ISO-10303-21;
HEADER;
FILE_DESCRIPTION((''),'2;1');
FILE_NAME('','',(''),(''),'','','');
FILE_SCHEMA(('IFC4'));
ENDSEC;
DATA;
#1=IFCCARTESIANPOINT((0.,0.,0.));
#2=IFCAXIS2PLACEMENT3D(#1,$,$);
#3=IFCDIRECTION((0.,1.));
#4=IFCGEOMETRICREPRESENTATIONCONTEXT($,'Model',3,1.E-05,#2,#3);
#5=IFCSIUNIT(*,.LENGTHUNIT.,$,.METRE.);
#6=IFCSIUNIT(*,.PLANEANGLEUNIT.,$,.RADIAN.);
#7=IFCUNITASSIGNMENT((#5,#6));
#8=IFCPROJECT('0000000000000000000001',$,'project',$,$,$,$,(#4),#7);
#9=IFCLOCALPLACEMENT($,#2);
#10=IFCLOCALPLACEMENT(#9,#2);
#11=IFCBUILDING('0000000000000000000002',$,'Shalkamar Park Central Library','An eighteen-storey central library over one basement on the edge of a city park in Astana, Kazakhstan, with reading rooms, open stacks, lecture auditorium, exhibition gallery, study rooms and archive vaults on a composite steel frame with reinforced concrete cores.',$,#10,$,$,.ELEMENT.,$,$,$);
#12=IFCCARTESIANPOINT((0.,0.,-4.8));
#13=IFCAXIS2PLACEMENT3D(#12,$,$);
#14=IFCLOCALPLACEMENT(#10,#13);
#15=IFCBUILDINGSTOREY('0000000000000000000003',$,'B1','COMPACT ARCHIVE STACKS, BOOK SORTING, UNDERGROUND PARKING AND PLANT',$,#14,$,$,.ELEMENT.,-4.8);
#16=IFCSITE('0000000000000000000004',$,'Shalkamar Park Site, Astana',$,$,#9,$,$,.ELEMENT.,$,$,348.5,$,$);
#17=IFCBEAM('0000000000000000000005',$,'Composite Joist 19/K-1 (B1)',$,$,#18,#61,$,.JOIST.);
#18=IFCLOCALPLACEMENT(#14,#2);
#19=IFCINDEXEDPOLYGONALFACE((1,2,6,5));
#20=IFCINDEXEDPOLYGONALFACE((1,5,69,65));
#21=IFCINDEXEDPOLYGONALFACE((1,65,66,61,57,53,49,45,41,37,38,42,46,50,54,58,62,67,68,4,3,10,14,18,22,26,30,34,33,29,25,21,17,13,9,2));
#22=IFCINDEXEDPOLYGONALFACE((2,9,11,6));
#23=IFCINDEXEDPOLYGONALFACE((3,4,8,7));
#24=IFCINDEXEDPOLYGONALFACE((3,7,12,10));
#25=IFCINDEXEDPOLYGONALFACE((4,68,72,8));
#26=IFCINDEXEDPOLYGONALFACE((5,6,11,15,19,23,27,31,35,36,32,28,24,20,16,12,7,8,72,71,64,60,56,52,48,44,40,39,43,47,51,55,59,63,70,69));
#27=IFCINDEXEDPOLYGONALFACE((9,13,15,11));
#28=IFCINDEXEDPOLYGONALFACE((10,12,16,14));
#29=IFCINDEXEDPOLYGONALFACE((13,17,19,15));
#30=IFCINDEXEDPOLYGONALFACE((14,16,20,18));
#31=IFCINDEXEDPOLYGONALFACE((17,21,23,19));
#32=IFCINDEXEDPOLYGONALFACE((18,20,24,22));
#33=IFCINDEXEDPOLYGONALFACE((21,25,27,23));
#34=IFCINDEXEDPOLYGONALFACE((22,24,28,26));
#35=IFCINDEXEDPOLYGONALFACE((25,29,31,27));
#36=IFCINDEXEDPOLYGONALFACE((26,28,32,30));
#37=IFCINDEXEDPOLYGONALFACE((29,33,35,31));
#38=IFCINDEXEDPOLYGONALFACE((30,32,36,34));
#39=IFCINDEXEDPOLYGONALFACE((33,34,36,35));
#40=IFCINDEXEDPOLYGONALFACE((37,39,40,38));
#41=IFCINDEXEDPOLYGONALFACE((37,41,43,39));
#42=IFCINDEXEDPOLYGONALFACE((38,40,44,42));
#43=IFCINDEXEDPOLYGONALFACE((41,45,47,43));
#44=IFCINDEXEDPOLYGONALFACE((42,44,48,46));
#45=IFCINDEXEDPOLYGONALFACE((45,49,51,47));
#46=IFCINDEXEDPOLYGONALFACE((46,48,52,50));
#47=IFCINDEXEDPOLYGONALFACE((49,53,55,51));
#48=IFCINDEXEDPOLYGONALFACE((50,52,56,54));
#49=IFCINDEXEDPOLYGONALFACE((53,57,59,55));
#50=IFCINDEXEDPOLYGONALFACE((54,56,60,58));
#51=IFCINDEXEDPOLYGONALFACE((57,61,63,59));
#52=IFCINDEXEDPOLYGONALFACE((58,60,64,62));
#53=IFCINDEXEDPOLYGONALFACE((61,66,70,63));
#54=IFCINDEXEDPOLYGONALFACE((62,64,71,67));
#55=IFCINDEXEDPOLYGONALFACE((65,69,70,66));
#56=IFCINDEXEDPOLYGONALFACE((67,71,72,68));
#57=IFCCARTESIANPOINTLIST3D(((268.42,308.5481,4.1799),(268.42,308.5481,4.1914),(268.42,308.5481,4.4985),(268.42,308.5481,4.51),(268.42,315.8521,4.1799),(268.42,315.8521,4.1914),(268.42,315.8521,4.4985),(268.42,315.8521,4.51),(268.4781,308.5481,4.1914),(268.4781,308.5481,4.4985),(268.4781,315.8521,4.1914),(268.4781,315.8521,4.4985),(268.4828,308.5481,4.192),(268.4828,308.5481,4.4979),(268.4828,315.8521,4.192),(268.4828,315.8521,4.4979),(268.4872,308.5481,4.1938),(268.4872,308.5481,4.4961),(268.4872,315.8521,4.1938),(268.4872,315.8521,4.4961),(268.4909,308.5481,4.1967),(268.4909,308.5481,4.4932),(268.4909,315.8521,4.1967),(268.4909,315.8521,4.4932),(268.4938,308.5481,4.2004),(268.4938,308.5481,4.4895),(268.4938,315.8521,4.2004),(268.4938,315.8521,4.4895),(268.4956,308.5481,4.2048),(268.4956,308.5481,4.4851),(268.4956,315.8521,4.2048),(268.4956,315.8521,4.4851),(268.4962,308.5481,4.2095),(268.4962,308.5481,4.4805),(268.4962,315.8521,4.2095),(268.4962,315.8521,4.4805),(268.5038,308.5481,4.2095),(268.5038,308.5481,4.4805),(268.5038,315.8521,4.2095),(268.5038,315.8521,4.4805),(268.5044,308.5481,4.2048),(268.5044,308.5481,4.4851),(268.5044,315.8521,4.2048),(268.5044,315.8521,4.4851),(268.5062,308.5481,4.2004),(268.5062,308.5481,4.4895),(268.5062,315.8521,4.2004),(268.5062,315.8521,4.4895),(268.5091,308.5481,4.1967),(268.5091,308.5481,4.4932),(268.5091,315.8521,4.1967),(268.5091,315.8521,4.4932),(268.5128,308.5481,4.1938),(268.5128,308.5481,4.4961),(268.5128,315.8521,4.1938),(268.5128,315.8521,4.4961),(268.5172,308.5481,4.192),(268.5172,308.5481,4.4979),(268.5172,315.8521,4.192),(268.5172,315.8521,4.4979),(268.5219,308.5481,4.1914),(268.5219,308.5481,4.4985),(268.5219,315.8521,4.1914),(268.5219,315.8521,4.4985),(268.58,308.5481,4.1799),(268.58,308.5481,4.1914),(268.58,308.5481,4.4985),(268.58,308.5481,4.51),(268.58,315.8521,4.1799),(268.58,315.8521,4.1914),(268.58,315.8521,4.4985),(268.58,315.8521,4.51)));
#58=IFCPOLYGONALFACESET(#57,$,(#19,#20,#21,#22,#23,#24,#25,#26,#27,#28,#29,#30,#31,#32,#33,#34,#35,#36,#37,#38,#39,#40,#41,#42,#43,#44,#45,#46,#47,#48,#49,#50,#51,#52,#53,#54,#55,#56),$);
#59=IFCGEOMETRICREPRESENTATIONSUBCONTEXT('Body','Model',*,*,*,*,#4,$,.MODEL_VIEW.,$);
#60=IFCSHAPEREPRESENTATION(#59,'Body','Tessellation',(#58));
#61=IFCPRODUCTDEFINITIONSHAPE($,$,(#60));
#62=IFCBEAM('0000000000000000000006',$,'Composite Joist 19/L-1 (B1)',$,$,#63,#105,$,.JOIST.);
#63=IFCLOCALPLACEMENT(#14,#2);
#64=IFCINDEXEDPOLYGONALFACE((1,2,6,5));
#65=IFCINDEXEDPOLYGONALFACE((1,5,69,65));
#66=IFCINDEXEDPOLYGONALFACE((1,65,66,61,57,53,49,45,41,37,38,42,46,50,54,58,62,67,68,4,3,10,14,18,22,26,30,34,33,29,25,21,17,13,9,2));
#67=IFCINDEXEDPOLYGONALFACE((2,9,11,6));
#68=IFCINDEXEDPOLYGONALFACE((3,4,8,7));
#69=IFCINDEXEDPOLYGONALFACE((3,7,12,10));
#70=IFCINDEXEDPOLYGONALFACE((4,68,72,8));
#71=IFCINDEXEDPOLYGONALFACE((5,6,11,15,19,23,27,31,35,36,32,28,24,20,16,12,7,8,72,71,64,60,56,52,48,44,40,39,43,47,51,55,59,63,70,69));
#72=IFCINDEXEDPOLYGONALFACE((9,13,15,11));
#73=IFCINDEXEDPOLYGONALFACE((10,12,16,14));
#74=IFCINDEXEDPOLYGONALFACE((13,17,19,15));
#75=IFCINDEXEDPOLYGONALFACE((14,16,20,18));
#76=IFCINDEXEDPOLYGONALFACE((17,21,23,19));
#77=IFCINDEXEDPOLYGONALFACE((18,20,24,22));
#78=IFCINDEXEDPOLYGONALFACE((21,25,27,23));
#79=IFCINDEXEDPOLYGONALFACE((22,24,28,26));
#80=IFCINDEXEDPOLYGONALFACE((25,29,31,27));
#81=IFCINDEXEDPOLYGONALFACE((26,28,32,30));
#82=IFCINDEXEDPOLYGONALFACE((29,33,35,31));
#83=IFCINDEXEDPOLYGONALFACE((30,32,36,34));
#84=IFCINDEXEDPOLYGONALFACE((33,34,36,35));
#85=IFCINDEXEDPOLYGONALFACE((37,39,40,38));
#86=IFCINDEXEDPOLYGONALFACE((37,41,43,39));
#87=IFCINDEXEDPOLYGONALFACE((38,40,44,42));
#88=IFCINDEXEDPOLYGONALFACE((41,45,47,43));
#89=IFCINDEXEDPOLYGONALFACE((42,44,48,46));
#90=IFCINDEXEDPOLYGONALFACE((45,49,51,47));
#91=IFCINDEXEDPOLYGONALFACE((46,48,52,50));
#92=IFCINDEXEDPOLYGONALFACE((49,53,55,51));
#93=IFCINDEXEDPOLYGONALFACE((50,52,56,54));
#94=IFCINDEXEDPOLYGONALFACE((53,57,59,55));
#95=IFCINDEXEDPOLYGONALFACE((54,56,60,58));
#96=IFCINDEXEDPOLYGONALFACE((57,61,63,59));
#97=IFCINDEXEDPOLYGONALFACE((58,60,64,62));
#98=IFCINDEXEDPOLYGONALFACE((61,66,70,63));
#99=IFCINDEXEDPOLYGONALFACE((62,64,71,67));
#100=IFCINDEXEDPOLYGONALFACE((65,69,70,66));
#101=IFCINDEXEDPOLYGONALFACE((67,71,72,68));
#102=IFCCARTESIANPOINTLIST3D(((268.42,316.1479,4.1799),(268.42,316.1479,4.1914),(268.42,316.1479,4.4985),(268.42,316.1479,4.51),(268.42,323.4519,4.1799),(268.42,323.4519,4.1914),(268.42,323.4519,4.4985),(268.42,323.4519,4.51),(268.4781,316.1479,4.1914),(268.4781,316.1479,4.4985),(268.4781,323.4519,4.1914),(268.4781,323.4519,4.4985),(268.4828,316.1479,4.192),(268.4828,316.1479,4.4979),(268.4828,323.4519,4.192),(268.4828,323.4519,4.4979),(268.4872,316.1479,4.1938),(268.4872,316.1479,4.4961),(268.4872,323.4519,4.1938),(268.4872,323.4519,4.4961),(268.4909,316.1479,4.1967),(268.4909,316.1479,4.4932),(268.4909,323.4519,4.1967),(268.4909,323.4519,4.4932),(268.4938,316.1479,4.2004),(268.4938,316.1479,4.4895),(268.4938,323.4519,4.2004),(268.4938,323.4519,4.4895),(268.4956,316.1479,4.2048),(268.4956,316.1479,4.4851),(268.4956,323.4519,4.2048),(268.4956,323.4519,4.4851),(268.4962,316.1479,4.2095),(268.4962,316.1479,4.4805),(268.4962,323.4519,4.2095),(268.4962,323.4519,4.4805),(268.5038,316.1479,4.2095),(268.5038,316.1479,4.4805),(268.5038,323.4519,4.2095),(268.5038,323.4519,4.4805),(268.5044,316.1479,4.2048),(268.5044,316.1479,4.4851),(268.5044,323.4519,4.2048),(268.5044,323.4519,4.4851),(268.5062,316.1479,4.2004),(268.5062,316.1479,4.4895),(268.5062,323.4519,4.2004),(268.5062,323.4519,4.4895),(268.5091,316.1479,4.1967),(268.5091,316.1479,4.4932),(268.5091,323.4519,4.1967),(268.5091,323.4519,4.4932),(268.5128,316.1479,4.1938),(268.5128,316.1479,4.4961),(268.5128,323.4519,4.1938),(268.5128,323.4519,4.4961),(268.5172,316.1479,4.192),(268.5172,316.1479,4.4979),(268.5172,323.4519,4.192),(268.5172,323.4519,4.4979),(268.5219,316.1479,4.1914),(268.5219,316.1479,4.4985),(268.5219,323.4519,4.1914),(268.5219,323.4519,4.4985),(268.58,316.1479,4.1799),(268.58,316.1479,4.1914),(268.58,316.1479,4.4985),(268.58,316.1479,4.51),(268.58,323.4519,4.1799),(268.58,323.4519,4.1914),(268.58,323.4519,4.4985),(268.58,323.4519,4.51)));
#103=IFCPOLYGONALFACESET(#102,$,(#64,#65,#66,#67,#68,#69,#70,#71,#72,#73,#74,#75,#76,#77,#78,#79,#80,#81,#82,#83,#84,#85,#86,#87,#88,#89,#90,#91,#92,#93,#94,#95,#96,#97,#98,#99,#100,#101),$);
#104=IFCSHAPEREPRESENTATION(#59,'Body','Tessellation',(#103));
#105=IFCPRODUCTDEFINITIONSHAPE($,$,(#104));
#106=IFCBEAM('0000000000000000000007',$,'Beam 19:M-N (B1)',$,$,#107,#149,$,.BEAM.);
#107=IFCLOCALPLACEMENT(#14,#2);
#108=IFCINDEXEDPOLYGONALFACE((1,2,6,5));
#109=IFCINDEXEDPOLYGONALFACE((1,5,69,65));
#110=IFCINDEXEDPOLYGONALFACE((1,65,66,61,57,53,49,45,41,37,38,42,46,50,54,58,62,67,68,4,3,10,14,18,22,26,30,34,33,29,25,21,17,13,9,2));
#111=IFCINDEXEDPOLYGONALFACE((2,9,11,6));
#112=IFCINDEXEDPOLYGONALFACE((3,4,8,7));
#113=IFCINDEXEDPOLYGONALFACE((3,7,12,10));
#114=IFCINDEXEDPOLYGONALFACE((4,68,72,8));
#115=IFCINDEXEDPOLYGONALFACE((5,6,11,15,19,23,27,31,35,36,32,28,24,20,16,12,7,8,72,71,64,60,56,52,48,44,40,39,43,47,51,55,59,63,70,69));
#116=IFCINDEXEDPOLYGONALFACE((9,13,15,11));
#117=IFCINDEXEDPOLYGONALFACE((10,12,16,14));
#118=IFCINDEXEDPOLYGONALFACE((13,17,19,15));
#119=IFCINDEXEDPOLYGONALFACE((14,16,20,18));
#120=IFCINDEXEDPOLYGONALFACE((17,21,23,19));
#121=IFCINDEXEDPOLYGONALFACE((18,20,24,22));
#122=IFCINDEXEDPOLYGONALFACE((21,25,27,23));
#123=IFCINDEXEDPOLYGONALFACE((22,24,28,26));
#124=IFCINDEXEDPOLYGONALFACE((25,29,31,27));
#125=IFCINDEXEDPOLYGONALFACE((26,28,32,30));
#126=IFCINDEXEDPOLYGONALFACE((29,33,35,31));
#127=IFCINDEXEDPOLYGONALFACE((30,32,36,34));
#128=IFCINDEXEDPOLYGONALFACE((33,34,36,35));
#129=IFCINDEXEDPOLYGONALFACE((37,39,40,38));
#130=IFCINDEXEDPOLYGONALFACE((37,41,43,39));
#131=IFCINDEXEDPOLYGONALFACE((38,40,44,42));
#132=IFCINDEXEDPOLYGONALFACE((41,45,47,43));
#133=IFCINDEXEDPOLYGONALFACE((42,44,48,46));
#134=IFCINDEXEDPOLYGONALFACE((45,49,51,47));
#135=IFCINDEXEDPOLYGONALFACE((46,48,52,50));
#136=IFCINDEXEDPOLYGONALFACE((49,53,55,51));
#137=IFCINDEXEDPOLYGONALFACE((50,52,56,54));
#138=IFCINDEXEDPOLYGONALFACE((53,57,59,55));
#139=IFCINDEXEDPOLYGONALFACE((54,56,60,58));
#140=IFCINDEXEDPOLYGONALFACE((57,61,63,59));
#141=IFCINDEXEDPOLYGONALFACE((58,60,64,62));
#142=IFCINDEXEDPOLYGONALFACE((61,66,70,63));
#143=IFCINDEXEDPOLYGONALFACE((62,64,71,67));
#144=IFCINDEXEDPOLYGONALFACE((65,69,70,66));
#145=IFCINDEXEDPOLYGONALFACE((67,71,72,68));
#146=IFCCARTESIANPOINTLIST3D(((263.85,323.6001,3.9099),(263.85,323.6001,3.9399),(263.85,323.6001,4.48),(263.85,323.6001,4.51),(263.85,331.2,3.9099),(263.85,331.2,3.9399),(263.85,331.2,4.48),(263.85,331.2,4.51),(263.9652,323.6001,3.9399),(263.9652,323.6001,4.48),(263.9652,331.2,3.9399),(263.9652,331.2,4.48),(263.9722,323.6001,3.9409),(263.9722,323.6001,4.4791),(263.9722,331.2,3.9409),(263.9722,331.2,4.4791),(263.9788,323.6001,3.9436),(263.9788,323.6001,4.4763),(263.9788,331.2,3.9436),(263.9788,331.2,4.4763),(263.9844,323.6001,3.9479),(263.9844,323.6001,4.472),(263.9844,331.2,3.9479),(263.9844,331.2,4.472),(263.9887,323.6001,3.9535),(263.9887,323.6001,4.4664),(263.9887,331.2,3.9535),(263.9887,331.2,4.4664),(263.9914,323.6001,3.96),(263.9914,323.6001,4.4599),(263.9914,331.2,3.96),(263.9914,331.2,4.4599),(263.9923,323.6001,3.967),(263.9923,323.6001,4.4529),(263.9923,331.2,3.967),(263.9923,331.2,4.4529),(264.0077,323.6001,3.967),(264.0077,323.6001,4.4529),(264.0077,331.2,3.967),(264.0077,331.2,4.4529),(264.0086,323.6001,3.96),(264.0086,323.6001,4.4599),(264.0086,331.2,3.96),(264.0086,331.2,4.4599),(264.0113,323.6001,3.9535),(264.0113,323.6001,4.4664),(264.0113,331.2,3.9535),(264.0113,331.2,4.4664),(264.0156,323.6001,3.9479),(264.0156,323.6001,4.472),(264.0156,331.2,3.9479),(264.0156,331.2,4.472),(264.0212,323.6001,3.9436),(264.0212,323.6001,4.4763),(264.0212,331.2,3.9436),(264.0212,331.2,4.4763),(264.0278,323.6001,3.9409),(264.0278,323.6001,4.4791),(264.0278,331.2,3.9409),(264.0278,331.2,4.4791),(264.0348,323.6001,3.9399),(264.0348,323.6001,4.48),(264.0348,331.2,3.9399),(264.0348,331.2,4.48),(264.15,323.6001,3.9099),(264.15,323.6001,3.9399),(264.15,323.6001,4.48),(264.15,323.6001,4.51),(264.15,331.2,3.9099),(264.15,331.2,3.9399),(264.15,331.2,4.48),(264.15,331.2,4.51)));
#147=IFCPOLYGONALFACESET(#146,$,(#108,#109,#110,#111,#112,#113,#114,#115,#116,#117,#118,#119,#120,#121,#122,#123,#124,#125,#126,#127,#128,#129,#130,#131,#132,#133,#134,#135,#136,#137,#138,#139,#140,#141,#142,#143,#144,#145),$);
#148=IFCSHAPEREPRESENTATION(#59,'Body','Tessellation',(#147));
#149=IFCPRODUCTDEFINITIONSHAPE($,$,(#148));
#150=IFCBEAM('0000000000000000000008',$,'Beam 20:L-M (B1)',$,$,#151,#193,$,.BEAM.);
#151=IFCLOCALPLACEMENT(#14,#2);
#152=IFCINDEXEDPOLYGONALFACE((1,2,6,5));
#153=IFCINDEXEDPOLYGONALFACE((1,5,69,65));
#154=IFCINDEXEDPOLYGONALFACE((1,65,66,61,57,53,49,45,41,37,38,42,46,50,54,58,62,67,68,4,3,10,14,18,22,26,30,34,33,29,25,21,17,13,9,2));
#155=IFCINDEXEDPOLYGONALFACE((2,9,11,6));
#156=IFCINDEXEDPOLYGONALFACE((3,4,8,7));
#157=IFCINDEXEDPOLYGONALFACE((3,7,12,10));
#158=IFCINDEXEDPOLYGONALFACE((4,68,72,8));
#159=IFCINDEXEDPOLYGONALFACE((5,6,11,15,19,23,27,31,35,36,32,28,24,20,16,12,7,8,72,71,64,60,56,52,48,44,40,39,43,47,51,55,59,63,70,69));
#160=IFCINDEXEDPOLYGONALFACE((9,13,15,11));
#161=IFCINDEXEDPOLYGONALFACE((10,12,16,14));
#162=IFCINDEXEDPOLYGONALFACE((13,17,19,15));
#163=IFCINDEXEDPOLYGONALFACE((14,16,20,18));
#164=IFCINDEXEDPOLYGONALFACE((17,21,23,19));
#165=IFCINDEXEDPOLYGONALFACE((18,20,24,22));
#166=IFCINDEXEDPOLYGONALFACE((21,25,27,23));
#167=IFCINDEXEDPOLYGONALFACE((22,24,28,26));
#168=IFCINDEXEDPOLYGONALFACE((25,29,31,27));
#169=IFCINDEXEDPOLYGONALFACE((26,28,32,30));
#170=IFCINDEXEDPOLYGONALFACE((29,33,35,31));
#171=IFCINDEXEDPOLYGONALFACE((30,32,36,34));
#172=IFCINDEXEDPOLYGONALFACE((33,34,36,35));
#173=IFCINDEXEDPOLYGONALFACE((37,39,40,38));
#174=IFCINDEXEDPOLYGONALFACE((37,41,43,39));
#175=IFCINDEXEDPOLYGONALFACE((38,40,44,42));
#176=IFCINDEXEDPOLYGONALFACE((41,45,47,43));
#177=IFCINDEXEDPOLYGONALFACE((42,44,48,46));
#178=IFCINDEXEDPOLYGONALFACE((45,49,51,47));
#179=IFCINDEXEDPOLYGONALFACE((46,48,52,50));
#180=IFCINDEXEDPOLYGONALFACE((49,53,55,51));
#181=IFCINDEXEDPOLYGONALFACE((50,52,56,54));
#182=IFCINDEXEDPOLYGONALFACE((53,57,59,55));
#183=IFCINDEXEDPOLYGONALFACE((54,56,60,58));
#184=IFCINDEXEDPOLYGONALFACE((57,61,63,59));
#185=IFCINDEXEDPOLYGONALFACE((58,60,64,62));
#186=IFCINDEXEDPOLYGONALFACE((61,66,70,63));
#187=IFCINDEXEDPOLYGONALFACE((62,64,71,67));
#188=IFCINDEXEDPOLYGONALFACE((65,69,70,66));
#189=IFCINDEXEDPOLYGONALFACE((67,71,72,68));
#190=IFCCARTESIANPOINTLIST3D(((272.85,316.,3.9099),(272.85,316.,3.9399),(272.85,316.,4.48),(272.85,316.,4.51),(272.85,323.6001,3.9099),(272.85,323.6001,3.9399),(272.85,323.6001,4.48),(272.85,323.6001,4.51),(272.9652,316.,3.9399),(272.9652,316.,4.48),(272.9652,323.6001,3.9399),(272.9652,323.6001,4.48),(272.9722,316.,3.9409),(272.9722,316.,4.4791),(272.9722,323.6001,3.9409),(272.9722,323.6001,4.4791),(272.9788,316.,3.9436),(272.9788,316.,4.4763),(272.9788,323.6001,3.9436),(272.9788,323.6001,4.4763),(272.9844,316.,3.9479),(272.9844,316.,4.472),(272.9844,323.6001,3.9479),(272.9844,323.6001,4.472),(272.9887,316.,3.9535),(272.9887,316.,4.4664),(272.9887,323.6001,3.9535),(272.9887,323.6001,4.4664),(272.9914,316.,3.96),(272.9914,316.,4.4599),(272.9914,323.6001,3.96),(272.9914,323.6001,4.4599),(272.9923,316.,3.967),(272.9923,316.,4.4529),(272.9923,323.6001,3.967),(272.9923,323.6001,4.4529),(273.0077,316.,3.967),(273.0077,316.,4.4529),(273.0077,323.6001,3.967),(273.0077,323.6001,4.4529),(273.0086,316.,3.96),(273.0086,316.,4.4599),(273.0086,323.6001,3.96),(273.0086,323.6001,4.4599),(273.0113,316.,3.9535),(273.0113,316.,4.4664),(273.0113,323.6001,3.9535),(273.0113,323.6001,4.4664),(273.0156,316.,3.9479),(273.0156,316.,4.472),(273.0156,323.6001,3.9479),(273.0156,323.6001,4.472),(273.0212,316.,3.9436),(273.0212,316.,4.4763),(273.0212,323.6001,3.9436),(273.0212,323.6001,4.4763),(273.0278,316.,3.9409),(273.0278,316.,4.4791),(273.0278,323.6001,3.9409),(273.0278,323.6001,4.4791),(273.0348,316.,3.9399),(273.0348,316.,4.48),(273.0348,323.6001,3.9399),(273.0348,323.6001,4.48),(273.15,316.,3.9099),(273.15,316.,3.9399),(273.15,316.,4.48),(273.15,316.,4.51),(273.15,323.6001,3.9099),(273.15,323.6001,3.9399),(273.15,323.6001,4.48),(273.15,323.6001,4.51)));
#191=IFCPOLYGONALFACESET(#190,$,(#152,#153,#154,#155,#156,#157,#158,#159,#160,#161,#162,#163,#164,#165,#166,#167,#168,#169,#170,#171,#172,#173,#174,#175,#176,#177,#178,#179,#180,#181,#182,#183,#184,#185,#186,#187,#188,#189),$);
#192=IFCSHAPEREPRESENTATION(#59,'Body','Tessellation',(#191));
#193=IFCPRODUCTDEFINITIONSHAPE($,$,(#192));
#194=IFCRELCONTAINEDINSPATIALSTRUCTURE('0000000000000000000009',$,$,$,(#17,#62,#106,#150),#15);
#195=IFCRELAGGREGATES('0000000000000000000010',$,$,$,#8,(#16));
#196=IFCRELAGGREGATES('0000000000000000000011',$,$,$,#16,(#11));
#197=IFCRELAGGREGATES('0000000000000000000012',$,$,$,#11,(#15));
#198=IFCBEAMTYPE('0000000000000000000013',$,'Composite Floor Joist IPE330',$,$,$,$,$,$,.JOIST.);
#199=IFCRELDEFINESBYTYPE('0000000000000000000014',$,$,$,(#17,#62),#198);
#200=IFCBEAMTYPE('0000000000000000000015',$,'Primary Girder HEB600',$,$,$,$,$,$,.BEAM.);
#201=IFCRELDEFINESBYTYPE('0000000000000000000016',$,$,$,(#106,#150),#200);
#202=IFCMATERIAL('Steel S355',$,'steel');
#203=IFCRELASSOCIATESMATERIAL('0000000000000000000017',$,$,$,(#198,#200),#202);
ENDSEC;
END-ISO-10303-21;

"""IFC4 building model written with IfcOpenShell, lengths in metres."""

from ifc_helpers import new_model, si_unit, direction, frame, origin, origin_2d, place, context, subcontext, project, spatial, i_section, extrude, material, material_profile, profile_set, type_object, element, save


model = new_model("IFC4")

# Units and contexts
model_context = context("Model", 3, precision=1e-05, world=origin(), true_north=direction((0.0, 1.0)))
body_context = subcontext(model_context, "Body", "Model", "MODEL_VIEW")
ifc_project = project(units=[si_unit("LENGTHUNIT", "METRE"), si_unit("PLANEANGLEUNIT", "RADIAN")], contexts=[model_context])

# Site, building, storey
site_placement = place(None, origin())
site = spatial("IfcSite", under=ifc_project, at=site_placement, Name="Shalkamar Park Site, Astana", CompositionType="ELEMENT", RefElevation=348.5)
building_placement = place(site_placement, origin())
building = spatial("IfcBuilding", under=site, at=building_placement, Name="Shalkamar Park Central Library", Description="An eighteen-storey central library over one basement on the edge of a city park in Astana, Kazakhstan, with reading rooms, open stacks, lecture auditorium, exhibition gallery, study rooms and archive vaults on a composite steel frame with reinforced concrete cores.", CompositionType="ELEMENT")
storey_placement = place(building_placement, frame((0.0, 0.0, -4.8)))
storey = spatial("IfcBuildingStorey", under=building, at=storey_placement, Name="B1", Description="COMPACT ARCHIVE STACKS, BOOK SORTING, UNDERGROUND PARKING AND PLANT", CompositionType="ELEMENT", Elevation=-4.8)

# Shared definitions
ifc_material_1 = material(Name="Steel S355", Category="steel")

# Beams
ifc_material_profile_1 = material_profile(ifc_material_1, i_section(OverallWidth=0.1599, OverallDepth=0.3301, WebThickness=0.0076, FlangeThickness=0.0115, FilletRadius=0.0181, at=origin_2d()), Name="IPE 330")
ifc_profile_set_1 = profile_set([ifc_material_profile_1], Name="Steel S355")
beam_type_1 = type_object("IfcBeamType", Name="Composite Floor Joist IPE330", PredefinedType="JOIST", material=ifc_profile_set_1)
for number, where, z_axis, x_axis, name in (
    (1, (268.5, 308.5481, 4.345), (0.0, 1.0, 0.0), (-1.0, 0.0, 0.0), "Composite Joist 19/K-1 (B1)"),
    (2, (268.5, 316.1479, 4.345), (0.0, 1.0, 0.0), (-1.0, 0.0, 0.0), "Composite Joist 19/L-1 (B1)"),
):
    element("IfcBeam", number, at=place(storey_placement, frame(where, z_axis=z_axis, x_axis=x_axis)), inside=storey, type_object=beam_type_1, Name=name, PredefinedType="JOIST", context=body_context, shape_type="SweptSolid", body=[
        extrude(i_section(OverallWidth=0.1599, OverallDepth=0.3301, WebThickness=0.0076, FlangeThickness=0.0115, FilletRadius=0.0181, at=origin_2d()), origin(), (0.0, 0.0, 1.0), 7.304),
    ])
ifc_material_profile_2 = material_profile(ifc_material_1, i_section(OverallWidth=0.3, OverallDepth=0.6001, WebThickness=0.0154, FlangeThickness=0.03, FilletRadius=0.0271, at=origin_2d()), Name="HEB 600")
ifc_profile_set_2 = profile_set([ifc_material_profile_2], Name="Steel S355")
beam_type_2 = type_object("IfcBeamType", Name="Primary Girder HEB600", PredefinedType="BEAM", material=ifc_profile_set_2)
beam_1_placement = place(storey_placement, frame((264.0, 323.6001, 4.21), z_axis=(0.0, 1.0, 0.0), x_axis=(-1.0, 0.0, 0.0)))
element("IfcBeam", 3, at=beam_1_placement, inside=storey, type_object=beam_type_2, Name="Beam 19:M-N (B1)", PredefinedType="BEAM", context=body_context, shape_type="SweptSolid", body=[
    extrude(i_section(OverallWidth=0.3, OverallDepth=0.6001, WebThickness=0.0154, FlangeThickness=0.03, FilletRadius=0.0271, at=origin_2d()), origin(), (0.0, 0.0, 1.0), 7.5999),
])
beam_2_placement = place(storey_placement, frame((273.0, 316.0, 4.21), z_axis=(0.0, 1.0, 0.0), x_axis=(-1.0, 0.0, 0.0)))
element("IfcBeam", 4, at=beam_2_placement, inside=storey, type_object=beam_type_2, Name="Beam 20:L-M (B1)", PredefinedType="BEAM", context=body_context, shape_type="SweptSolid", body=[
    extrude(i_section(OverallWidth=0.3, OverallDepth=0.6001, WebThickness=0.0154, FlangeThickness=0.03, FilletRadius=0.0271, at=origin_2d()), origin(), (0.0, 0.0, 1.0), 7.6001),
])

save(model, "model.ifc")
